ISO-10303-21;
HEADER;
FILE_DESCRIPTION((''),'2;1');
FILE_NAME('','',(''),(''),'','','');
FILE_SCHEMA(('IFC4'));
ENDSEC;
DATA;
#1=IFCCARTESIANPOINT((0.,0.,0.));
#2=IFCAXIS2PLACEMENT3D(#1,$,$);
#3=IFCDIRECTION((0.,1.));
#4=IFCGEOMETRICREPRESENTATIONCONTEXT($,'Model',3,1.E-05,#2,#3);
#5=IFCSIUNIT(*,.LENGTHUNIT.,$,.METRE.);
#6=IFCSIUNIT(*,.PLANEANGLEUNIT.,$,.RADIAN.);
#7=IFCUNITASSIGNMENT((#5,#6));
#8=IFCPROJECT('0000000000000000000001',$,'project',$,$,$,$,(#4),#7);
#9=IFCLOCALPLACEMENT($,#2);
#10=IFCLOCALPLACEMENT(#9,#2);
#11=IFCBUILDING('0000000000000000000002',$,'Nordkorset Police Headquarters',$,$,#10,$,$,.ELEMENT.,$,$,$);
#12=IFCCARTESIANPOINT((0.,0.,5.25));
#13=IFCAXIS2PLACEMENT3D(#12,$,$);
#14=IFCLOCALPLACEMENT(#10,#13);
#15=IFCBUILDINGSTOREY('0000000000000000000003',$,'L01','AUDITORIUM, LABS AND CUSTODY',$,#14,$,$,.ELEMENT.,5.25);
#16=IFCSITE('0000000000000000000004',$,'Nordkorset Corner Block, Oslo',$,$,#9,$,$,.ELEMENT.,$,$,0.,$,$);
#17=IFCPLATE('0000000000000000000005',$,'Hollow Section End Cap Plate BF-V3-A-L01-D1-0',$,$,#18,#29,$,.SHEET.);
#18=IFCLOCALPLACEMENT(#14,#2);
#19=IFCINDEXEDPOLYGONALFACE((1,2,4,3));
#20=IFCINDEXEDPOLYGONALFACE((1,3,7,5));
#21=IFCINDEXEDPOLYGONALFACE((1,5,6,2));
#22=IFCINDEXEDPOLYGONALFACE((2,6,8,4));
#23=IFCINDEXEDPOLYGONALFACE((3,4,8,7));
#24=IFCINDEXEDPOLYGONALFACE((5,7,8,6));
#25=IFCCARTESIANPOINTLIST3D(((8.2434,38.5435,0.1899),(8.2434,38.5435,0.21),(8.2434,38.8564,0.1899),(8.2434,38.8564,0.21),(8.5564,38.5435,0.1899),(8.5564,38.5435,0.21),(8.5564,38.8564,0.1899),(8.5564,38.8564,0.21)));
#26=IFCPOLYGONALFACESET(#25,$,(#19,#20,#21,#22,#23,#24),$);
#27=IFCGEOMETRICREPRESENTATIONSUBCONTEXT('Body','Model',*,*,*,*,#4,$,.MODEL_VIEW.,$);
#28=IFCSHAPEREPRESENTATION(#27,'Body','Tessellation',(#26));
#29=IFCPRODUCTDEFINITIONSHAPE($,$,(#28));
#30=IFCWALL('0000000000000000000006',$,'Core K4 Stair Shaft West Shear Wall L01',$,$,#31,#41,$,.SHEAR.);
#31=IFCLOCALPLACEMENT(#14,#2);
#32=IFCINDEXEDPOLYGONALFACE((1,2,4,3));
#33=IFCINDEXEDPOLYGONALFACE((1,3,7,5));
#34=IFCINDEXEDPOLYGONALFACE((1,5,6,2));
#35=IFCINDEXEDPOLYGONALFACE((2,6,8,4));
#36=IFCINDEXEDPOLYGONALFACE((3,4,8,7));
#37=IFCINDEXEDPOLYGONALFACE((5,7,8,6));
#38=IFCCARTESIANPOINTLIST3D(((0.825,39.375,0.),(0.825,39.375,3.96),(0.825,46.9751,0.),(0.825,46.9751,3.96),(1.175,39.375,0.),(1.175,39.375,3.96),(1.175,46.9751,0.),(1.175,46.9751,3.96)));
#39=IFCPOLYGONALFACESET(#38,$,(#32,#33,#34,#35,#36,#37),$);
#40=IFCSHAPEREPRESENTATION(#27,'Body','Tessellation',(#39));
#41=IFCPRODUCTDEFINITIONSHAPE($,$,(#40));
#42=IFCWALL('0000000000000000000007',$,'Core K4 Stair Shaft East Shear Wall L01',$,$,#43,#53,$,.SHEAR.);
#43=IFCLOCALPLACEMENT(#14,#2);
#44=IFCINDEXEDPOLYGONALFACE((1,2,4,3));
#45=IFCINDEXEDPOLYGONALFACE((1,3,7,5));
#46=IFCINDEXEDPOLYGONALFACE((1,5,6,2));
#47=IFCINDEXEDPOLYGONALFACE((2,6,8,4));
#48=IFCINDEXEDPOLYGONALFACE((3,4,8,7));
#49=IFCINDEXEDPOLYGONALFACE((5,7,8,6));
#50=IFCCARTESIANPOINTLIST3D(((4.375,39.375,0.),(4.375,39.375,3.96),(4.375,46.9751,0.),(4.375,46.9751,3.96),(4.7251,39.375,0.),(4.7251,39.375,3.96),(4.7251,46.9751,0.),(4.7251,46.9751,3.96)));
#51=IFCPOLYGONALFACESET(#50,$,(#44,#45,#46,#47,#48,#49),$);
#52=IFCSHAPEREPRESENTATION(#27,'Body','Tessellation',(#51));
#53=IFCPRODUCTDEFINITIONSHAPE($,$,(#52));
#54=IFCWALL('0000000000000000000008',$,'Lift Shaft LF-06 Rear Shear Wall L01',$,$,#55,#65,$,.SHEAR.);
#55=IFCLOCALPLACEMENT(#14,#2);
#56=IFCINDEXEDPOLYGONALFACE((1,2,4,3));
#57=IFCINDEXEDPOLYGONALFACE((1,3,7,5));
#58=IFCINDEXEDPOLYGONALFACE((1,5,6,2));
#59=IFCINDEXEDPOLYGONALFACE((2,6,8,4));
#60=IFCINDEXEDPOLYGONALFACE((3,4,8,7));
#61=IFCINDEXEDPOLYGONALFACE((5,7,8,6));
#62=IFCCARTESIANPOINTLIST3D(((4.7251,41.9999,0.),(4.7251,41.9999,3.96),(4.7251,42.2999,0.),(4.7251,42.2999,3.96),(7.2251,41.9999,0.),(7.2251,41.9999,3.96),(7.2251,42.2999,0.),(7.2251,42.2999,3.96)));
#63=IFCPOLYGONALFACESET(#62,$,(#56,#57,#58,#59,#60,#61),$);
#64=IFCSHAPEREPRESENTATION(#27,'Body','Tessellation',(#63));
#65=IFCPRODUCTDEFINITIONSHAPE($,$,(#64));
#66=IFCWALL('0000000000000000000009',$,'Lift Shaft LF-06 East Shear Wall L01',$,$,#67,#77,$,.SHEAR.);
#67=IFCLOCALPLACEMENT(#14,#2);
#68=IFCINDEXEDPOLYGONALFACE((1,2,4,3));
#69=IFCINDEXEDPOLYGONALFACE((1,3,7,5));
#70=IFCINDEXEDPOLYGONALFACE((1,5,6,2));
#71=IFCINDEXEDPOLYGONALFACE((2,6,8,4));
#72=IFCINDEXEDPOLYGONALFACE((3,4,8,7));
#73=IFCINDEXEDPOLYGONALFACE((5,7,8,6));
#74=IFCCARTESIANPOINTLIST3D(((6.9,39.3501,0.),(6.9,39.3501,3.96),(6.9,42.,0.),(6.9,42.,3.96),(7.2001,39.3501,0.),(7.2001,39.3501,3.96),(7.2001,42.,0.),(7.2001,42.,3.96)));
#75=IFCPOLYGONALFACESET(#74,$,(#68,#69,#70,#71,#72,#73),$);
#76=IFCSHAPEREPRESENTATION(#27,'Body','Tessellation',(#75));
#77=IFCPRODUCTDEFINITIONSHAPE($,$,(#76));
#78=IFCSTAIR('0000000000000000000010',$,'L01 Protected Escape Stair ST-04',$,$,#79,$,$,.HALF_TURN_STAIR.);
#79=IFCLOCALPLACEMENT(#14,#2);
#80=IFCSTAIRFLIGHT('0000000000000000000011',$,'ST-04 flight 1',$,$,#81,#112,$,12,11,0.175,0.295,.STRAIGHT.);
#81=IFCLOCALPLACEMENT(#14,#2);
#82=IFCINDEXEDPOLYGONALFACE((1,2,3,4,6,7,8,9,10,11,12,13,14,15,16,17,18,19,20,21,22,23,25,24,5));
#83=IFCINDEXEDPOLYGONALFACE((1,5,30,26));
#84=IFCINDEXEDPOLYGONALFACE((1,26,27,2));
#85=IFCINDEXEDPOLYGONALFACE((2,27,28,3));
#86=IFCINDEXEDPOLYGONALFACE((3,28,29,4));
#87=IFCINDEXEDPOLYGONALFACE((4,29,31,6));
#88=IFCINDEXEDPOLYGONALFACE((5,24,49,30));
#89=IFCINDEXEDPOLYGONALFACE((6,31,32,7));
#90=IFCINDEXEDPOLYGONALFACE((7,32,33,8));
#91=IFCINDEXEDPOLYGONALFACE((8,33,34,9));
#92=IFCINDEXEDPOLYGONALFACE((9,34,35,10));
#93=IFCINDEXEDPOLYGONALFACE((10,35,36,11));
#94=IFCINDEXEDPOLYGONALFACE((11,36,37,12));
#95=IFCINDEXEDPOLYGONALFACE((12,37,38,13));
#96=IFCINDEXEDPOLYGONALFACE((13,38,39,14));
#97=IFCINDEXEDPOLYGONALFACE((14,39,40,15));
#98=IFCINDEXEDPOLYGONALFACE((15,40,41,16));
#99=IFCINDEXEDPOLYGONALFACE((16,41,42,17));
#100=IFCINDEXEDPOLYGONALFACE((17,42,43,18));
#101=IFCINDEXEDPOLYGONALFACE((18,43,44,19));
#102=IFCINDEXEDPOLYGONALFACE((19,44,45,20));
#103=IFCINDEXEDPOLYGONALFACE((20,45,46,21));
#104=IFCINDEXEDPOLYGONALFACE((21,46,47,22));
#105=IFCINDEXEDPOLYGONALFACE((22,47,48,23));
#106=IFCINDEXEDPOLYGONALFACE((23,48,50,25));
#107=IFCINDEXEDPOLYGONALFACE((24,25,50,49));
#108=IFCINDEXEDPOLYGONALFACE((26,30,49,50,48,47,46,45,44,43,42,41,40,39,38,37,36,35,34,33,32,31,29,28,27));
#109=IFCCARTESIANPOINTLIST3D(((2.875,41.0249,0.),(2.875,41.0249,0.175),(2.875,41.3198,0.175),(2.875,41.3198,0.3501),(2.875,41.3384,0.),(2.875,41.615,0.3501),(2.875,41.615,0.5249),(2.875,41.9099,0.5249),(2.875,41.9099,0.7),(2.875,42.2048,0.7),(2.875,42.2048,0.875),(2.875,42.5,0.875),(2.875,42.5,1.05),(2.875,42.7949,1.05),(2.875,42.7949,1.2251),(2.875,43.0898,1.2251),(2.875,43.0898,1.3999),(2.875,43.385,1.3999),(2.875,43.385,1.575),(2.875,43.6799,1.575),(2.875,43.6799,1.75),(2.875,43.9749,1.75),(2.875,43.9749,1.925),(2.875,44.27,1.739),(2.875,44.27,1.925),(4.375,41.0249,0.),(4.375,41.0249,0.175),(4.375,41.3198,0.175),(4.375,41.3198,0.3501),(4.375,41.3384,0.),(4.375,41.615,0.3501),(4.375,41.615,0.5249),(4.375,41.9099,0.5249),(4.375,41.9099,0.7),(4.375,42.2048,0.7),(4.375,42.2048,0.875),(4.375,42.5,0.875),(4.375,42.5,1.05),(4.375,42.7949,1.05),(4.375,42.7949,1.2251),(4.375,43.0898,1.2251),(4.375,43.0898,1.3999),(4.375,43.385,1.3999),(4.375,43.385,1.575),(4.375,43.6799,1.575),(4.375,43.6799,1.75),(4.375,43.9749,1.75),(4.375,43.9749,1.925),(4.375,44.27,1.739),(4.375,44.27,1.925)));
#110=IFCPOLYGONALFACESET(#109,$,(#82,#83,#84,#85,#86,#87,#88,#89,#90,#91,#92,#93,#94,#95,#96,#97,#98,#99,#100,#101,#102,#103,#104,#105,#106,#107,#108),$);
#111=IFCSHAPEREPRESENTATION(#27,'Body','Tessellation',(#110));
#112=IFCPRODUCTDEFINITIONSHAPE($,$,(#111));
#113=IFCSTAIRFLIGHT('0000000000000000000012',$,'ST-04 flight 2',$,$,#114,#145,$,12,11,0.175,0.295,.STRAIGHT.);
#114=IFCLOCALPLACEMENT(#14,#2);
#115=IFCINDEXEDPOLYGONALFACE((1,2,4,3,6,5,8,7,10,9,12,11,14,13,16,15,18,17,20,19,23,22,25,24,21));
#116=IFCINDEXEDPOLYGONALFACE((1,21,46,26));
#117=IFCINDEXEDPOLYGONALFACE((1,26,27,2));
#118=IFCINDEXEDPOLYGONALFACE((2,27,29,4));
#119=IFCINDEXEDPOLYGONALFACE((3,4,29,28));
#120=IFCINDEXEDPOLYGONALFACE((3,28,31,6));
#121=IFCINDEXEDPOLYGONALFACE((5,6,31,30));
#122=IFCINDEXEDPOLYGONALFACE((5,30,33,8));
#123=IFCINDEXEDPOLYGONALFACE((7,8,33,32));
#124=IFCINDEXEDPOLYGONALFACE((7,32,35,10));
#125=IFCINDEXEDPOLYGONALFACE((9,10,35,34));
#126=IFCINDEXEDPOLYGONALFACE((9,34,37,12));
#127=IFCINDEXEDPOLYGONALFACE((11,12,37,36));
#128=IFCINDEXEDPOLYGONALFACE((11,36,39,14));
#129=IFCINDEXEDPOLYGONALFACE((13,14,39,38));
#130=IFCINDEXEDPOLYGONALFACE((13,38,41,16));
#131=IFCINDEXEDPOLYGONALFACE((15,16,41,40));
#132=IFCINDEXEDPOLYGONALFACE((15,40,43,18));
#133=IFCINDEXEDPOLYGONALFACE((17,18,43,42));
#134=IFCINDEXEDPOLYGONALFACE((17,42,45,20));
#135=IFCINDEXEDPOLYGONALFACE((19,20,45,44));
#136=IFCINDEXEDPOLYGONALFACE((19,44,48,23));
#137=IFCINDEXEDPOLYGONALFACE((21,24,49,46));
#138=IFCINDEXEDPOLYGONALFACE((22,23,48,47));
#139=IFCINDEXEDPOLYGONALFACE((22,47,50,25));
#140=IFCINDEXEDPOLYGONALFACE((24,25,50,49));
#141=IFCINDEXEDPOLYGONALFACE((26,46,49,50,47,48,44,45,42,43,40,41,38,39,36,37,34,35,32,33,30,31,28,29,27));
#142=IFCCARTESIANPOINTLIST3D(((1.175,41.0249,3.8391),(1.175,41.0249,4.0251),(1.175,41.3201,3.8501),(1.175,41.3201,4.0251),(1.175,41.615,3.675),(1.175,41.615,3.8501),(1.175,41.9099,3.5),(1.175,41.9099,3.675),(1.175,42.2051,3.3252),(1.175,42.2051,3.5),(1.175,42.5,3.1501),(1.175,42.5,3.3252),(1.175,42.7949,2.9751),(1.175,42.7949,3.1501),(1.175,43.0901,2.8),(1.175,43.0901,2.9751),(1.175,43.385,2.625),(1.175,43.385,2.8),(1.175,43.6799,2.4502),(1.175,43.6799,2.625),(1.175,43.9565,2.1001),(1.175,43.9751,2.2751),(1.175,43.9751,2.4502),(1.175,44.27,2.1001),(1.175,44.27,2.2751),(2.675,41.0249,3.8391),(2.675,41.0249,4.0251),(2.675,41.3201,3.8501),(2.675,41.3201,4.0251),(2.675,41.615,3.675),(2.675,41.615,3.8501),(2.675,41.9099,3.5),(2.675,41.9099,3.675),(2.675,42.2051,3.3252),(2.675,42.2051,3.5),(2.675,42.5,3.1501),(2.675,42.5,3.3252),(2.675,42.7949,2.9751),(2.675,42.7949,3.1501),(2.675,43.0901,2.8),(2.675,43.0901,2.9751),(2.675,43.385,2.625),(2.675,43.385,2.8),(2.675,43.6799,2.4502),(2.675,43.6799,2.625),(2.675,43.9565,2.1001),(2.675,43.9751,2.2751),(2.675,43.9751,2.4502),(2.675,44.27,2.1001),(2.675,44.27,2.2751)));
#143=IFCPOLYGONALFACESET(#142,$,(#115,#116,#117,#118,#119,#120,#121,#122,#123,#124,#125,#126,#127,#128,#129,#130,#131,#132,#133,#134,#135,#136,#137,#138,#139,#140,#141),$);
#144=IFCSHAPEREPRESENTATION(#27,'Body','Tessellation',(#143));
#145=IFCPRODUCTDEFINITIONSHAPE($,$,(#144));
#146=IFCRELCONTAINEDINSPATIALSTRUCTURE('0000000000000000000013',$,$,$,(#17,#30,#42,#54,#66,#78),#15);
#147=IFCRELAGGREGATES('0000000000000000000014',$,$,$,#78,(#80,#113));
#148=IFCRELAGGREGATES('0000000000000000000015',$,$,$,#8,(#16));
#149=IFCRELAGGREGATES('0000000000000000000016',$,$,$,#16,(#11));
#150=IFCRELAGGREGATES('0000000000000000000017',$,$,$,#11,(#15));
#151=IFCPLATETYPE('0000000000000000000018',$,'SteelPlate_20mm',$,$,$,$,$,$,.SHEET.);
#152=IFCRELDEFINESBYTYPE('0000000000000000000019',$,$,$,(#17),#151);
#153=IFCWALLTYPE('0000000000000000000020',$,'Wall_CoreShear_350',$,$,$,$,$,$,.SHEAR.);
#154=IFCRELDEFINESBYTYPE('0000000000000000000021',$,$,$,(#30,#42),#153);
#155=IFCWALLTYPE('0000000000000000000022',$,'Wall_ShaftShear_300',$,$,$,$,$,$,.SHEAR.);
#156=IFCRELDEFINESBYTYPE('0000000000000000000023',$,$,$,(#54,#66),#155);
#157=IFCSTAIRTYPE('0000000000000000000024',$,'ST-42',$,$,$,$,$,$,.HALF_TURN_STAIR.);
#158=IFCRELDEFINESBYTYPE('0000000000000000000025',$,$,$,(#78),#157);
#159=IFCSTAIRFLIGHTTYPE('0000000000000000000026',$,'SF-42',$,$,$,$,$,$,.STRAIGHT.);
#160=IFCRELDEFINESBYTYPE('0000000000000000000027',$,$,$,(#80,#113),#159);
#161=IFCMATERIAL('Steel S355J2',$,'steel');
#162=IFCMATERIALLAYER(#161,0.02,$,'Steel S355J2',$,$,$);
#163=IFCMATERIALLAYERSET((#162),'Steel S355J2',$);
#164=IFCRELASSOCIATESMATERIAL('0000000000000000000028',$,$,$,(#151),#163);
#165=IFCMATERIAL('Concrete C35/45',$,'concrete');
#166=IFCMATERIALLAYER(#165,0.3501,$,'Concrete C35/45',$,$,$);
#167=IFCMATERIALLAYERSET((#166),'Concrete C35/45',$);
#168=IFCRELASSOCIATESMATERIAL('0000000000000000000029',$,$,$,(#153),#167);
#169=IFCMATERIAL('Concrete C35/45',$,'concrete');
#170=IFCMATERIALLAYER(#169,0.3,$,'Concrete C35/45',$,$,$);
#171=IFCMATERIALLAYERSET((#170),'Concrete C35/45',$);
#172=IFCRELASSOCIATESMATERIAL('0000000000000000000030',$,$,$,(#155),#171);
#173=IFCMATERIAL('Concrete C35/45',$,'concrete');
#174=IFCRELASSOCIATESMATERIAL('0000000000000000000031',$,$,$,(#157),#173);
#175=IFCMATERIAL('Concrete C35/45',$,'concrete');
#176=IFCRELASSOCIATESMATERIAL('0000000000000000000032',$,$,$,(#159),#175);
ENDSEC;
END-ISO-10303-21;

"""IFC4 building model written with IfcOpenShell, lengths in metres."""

from ifc_helpers import new_model, si_unit, direction, frame, frame_2d, origin, origin_2d, place, context, subcontext, project, spatial, polyline, rectangle, outline, extrude, material, layer, layer_set, type_object, element, aggregate, save


model = new_model("IFC4")

# Units and contexts
model_context = context("Model", 3, precision=1e-05, world=origin(), true_north=direction((0.0, 1.0)))
body_context = subcontext(model_context, "Body", "Model", "MODEL_VIEW")
ifc_project = project(units=[si_unit("LENGTHUNIT", "METRE"), si_unit("PLANEANGLEUNIT", "RADIAN")], contexts=[model_context])

# Site, building, storey
site_placement = place(None, origin())
site = spatial("IfcSite", under=ifc_project, at=site_placement, Name="Nordkorset Corner Block, Oslo", CompositionType="ELEMENT", RefElevation=0.0)
building_placement = place(site_placement, origin())
building = spatial("IfcBuilding", under=site, at=building_placement, Name="Nordkorset Police Headquarters", CompositionType="ELEMENT")
storey_placement = place(building_placement, frame((0.0, 0.0, 5.25)))
storey = spatial("IfcBuildingStorey", under=building, at=storey_placement, Name="L01", Description="AUDITORIUM, LABS AND CUSTODY", CompositionType="ELEMENT", Elevation=5.25)

# Plate
ifc_material_1 = material(Name="Steel S355J2", Category="steel")
ifc_layer_1 = layer(ifc_material_1, 0.02, Name="Steel S355J2")
ifc_layer_set_1 = layer_set([ifc_layer_1], Name="Steel S355J2")
plate_type = type_object("IfcPlateType", Name="SteelPlate_20mm", PredefinedType="SHEET", material=ifc_layer_set_1)
plate_placement = place(storey_placement, frame((8.3999, 38.7, 0.1899), z_axis=(0.0, 0.0, 1.0), x_axis=(1.0, 0.0, 0.0)))
element("IfcPlate", 1, at=plate_placement, inside=storey, type_object=plate_type, Name="Hollow Section End Cap Plate BF-V3-A-L01-D1-0", PredefinedType="SHEET", context=body_context, shape_type="SweptSolid", body=[
    extrude(rectangle(XDim=0.313, YDim=0.313, at=origin_2d()), origin(), (0.0, 0.0, 1.0), 0.02),
])

# Shared definitions
ifc_material_2 = material(Name="Concrete C35/45", Category="concrete")
ifc_layer_2 = layer(ifc_material_2, 0.3501, Name="Concrete C35/45")
ifc_layer_set_2 = layer_set([ifc_layer_2], Name="Concrete C35/45")
wall_type_1 = type_object("IfcWallType", Name="Wall_CoreShear_350", PredefinedType="SHEAR", material=ifc_layer_set_2)

# Walls
for number, where, z_axis, x_axis, name in (
    (2, (1.0, 39.375, 0.0), (0.0, 0.0, 1.0), (0.0, 1.0, 0.0), "Core K4 Stair Shaft West Shear Wall L01"),
    (3, (4.55, 39.375, 0.0), (0.0, 0.0, 1.0), (0.0, 1.0, 0.0), "Core K4 Stair Shaft East Shear Wall L01"),
):
    element("IfcWall", number, at=place(storey_placement, frame(where, z_axis=z_axis, x_axis=x_axis)), inside=storey, type_object=wall_type_1, Name=name, PredefinedType="SHEAR", context=body_context, shape_type="SweptSolid", body=[
        extrude(rectangle(XDim=7.6001, YDim=0.3501, at=frame_2d((3.8, 0.0))), origin(), (0.0, 0.0, 1.0), 3.96),
    ])

# Shared definitions
ifc_material_3 = material(Name="Concrete C35/45", Category="concrete")
ifc_layer_3 = layer(ifc_material_3, 0.3, Name="Concrete C35/45")
ifc_layer_set_3 = layer_set([ifc_layer_3], Name="Concrete C35/45")
wall_type_2 = type_object("IfcWallType", Name="Wall_ShaftShear_300", PredefinedType="SHEAR", material=ifc_layer_set_3)

# Walls
wall_1_placement = place(storey_placement, frame((4.7251, 42.1499, 0.0), z_axis=(0.0, 0.0, 1.0), x_axis=(1.0, 0.0, 0.0)))
element("IfcWall", 4, at=wall_1_placement, inside=storey, type_object=wall_type_2, Name="Lift Shaft LF-06 Rear Shear Wall L01", PredefinedType="SHEAR", context=body_context, shape_type="SweptSolid", body=[
    extrude(rectangle(XDim=2.5, YDim=0.3, at=frame_2d((1.25, 0.0))), origin(), (0.0, 0.0, 1.0), 3.96),
])
wall_2_placement = place(storey_placement, frame((7.05, 39.3501, 0.0), z_axis=(0.0, 0.0, 1.0), x_axis=(0.0, 1.0, 0.0)))
element("IfcWall", 5, at=wall_2_placement, inside=storey, type_object=wall_type_2, Name="Lift Shaft LF-06 East Shear Wall L01", PredefinedType="SHEAR", context=body_context, shape_type="SweptSolid", body=[
    extrude(rectangle(XDim=2.6499, YDim=0.3, at=frame_2d((1.325, 0.0))), origin(), (0.0, 0.0, 1.0), 3.96),
])

# Stair, stair flights
ifc_material_4 = material(Name="Concrete C35/45", Category="concrete")
stair_type = type_object("IfcStairType", Name="ST-42", PredefinedType="HALF_TURN_STAIR", material=ifc_material_4)
stair_placement = place(storey_placement, origin())
stair = element("IfcStair", 6, at=stair_placement, inside=storey, type_object=stair_type, Name="L01 Protected Escape Stair ST-04", PredefinedType="HALF_TURN_STAIR")
ifc_material_5 = material(Name="Concrete C35/45", Category="concrete")
stair_flight_type = type_object("IfcStairFlightType", Name="SF-42", PredefinedType="STRAIGHT", material=ifc_material_5)
stair_flight_1_placement = place(storey_placement, frame((3.625, 41.0249, 0.0), z_axis=(0.0, 0.0, 1.0), x_axis=(0.0, 1.0, 0.0)))
stair_flight_1 = element("IfcStairFlight", 7, at=stair_flight_1_placement, type_object=stair_flight_type, Name="ST-04 flight 1", NumberOfRisers=12, NumberOfTreads=11, PredefinedType="STRAIGHT", RiserHeight=0.175, TreadLength=0.295, context=body_context, shape_type="SweptSolid", body=[
    extrude(outline(polyline([(0.0, 0.0), (0.0, 0.175), (0.2949, 0.175), (0.2949, 0.3501), (0.5901, 0.3501), (0.5901, 0.5249), (0.885, 0.5249), (0.885, 0.7), (1.1799, 0.7), (1.1799, 0.875), (1.4751, 0.875), (1.4751, 1.05), (1.77, 1.05), (1.77, 1.2251), (2.0649, 1.2251), (2.0649, 1.3999), (2.3601, 1.3999), (2.3601, 1.575), (2.655, 1.575), (2.655, 1.75), (2.95, 1.75), (2.95, 1.925), (3.2451, 1.925), (3.2451, 2.1001), (3.2451, 1.739), (0.3135, 0.0), (0.0, 0.0)])), frame((0.0, 0.75, 0.0), z_axis=(0.0, -1.0, 0.0), x_axis=(1.0, 0.0, 0.0)), (0.0, 0.0, 1.0), 1.5),
])
stair_flight_2_placement = place(storey_placement, frame((1.925, 44.27, 2.1001), z_axis=(0.0, 0.0, 1.0), x_axis=(0.0, -1.0, 0.0)))
stair_flight_2 = element("IfcStairFlight", 8, at=stair_flight_2_placement, type_object=stair_flight_type, Name="ST-04 flight 2", NumberOfRisers=12, NumberOfTreads=11, PredefinedType="STRAIGHT", RiserHeight=0.175, TreadLength=0.295, context=body_context, shape_type="SweptSolid", body=[
    extrude(outline(polyline([(0.0, 0.0), (0.0, 0.175), (0.2949, 0.175), (0.2949, 0.3501), (0.5901, 0.3501), (0.5901, 0.5249), (0.885, 0.5249), (0.885, 0.7), (1.1799, 0.7), (1.1799, 0.875), (1.4751, 0.875), (1.4751, 1.05), (1.77, 1.05), (1.77, 1.2251), (2.0649, 1.2251), (2.0649, 1.3999), (2.3601, 1.3999), (2.3601, 1.575), (2.655, 1.575), (2.655, 1.75), (2.95, 1.75), (2.95, 1.925), (3.2451, 1.925), (3.2451, 2.1001), (3.2451, 1.739), (0.3135, 0.0), (0.0, 0.0)])), frame((0.0, 0.75, 0.0), z_axis=(0.0, -1.0, 0.0), x_axis=(1.0, 0.0, 0.0)), (0.0, 0.0, 1.0), 1.5),
])
aggregate(stair, [stair_flight_1, stair_flight_2])

save(model, "model.ifc")
